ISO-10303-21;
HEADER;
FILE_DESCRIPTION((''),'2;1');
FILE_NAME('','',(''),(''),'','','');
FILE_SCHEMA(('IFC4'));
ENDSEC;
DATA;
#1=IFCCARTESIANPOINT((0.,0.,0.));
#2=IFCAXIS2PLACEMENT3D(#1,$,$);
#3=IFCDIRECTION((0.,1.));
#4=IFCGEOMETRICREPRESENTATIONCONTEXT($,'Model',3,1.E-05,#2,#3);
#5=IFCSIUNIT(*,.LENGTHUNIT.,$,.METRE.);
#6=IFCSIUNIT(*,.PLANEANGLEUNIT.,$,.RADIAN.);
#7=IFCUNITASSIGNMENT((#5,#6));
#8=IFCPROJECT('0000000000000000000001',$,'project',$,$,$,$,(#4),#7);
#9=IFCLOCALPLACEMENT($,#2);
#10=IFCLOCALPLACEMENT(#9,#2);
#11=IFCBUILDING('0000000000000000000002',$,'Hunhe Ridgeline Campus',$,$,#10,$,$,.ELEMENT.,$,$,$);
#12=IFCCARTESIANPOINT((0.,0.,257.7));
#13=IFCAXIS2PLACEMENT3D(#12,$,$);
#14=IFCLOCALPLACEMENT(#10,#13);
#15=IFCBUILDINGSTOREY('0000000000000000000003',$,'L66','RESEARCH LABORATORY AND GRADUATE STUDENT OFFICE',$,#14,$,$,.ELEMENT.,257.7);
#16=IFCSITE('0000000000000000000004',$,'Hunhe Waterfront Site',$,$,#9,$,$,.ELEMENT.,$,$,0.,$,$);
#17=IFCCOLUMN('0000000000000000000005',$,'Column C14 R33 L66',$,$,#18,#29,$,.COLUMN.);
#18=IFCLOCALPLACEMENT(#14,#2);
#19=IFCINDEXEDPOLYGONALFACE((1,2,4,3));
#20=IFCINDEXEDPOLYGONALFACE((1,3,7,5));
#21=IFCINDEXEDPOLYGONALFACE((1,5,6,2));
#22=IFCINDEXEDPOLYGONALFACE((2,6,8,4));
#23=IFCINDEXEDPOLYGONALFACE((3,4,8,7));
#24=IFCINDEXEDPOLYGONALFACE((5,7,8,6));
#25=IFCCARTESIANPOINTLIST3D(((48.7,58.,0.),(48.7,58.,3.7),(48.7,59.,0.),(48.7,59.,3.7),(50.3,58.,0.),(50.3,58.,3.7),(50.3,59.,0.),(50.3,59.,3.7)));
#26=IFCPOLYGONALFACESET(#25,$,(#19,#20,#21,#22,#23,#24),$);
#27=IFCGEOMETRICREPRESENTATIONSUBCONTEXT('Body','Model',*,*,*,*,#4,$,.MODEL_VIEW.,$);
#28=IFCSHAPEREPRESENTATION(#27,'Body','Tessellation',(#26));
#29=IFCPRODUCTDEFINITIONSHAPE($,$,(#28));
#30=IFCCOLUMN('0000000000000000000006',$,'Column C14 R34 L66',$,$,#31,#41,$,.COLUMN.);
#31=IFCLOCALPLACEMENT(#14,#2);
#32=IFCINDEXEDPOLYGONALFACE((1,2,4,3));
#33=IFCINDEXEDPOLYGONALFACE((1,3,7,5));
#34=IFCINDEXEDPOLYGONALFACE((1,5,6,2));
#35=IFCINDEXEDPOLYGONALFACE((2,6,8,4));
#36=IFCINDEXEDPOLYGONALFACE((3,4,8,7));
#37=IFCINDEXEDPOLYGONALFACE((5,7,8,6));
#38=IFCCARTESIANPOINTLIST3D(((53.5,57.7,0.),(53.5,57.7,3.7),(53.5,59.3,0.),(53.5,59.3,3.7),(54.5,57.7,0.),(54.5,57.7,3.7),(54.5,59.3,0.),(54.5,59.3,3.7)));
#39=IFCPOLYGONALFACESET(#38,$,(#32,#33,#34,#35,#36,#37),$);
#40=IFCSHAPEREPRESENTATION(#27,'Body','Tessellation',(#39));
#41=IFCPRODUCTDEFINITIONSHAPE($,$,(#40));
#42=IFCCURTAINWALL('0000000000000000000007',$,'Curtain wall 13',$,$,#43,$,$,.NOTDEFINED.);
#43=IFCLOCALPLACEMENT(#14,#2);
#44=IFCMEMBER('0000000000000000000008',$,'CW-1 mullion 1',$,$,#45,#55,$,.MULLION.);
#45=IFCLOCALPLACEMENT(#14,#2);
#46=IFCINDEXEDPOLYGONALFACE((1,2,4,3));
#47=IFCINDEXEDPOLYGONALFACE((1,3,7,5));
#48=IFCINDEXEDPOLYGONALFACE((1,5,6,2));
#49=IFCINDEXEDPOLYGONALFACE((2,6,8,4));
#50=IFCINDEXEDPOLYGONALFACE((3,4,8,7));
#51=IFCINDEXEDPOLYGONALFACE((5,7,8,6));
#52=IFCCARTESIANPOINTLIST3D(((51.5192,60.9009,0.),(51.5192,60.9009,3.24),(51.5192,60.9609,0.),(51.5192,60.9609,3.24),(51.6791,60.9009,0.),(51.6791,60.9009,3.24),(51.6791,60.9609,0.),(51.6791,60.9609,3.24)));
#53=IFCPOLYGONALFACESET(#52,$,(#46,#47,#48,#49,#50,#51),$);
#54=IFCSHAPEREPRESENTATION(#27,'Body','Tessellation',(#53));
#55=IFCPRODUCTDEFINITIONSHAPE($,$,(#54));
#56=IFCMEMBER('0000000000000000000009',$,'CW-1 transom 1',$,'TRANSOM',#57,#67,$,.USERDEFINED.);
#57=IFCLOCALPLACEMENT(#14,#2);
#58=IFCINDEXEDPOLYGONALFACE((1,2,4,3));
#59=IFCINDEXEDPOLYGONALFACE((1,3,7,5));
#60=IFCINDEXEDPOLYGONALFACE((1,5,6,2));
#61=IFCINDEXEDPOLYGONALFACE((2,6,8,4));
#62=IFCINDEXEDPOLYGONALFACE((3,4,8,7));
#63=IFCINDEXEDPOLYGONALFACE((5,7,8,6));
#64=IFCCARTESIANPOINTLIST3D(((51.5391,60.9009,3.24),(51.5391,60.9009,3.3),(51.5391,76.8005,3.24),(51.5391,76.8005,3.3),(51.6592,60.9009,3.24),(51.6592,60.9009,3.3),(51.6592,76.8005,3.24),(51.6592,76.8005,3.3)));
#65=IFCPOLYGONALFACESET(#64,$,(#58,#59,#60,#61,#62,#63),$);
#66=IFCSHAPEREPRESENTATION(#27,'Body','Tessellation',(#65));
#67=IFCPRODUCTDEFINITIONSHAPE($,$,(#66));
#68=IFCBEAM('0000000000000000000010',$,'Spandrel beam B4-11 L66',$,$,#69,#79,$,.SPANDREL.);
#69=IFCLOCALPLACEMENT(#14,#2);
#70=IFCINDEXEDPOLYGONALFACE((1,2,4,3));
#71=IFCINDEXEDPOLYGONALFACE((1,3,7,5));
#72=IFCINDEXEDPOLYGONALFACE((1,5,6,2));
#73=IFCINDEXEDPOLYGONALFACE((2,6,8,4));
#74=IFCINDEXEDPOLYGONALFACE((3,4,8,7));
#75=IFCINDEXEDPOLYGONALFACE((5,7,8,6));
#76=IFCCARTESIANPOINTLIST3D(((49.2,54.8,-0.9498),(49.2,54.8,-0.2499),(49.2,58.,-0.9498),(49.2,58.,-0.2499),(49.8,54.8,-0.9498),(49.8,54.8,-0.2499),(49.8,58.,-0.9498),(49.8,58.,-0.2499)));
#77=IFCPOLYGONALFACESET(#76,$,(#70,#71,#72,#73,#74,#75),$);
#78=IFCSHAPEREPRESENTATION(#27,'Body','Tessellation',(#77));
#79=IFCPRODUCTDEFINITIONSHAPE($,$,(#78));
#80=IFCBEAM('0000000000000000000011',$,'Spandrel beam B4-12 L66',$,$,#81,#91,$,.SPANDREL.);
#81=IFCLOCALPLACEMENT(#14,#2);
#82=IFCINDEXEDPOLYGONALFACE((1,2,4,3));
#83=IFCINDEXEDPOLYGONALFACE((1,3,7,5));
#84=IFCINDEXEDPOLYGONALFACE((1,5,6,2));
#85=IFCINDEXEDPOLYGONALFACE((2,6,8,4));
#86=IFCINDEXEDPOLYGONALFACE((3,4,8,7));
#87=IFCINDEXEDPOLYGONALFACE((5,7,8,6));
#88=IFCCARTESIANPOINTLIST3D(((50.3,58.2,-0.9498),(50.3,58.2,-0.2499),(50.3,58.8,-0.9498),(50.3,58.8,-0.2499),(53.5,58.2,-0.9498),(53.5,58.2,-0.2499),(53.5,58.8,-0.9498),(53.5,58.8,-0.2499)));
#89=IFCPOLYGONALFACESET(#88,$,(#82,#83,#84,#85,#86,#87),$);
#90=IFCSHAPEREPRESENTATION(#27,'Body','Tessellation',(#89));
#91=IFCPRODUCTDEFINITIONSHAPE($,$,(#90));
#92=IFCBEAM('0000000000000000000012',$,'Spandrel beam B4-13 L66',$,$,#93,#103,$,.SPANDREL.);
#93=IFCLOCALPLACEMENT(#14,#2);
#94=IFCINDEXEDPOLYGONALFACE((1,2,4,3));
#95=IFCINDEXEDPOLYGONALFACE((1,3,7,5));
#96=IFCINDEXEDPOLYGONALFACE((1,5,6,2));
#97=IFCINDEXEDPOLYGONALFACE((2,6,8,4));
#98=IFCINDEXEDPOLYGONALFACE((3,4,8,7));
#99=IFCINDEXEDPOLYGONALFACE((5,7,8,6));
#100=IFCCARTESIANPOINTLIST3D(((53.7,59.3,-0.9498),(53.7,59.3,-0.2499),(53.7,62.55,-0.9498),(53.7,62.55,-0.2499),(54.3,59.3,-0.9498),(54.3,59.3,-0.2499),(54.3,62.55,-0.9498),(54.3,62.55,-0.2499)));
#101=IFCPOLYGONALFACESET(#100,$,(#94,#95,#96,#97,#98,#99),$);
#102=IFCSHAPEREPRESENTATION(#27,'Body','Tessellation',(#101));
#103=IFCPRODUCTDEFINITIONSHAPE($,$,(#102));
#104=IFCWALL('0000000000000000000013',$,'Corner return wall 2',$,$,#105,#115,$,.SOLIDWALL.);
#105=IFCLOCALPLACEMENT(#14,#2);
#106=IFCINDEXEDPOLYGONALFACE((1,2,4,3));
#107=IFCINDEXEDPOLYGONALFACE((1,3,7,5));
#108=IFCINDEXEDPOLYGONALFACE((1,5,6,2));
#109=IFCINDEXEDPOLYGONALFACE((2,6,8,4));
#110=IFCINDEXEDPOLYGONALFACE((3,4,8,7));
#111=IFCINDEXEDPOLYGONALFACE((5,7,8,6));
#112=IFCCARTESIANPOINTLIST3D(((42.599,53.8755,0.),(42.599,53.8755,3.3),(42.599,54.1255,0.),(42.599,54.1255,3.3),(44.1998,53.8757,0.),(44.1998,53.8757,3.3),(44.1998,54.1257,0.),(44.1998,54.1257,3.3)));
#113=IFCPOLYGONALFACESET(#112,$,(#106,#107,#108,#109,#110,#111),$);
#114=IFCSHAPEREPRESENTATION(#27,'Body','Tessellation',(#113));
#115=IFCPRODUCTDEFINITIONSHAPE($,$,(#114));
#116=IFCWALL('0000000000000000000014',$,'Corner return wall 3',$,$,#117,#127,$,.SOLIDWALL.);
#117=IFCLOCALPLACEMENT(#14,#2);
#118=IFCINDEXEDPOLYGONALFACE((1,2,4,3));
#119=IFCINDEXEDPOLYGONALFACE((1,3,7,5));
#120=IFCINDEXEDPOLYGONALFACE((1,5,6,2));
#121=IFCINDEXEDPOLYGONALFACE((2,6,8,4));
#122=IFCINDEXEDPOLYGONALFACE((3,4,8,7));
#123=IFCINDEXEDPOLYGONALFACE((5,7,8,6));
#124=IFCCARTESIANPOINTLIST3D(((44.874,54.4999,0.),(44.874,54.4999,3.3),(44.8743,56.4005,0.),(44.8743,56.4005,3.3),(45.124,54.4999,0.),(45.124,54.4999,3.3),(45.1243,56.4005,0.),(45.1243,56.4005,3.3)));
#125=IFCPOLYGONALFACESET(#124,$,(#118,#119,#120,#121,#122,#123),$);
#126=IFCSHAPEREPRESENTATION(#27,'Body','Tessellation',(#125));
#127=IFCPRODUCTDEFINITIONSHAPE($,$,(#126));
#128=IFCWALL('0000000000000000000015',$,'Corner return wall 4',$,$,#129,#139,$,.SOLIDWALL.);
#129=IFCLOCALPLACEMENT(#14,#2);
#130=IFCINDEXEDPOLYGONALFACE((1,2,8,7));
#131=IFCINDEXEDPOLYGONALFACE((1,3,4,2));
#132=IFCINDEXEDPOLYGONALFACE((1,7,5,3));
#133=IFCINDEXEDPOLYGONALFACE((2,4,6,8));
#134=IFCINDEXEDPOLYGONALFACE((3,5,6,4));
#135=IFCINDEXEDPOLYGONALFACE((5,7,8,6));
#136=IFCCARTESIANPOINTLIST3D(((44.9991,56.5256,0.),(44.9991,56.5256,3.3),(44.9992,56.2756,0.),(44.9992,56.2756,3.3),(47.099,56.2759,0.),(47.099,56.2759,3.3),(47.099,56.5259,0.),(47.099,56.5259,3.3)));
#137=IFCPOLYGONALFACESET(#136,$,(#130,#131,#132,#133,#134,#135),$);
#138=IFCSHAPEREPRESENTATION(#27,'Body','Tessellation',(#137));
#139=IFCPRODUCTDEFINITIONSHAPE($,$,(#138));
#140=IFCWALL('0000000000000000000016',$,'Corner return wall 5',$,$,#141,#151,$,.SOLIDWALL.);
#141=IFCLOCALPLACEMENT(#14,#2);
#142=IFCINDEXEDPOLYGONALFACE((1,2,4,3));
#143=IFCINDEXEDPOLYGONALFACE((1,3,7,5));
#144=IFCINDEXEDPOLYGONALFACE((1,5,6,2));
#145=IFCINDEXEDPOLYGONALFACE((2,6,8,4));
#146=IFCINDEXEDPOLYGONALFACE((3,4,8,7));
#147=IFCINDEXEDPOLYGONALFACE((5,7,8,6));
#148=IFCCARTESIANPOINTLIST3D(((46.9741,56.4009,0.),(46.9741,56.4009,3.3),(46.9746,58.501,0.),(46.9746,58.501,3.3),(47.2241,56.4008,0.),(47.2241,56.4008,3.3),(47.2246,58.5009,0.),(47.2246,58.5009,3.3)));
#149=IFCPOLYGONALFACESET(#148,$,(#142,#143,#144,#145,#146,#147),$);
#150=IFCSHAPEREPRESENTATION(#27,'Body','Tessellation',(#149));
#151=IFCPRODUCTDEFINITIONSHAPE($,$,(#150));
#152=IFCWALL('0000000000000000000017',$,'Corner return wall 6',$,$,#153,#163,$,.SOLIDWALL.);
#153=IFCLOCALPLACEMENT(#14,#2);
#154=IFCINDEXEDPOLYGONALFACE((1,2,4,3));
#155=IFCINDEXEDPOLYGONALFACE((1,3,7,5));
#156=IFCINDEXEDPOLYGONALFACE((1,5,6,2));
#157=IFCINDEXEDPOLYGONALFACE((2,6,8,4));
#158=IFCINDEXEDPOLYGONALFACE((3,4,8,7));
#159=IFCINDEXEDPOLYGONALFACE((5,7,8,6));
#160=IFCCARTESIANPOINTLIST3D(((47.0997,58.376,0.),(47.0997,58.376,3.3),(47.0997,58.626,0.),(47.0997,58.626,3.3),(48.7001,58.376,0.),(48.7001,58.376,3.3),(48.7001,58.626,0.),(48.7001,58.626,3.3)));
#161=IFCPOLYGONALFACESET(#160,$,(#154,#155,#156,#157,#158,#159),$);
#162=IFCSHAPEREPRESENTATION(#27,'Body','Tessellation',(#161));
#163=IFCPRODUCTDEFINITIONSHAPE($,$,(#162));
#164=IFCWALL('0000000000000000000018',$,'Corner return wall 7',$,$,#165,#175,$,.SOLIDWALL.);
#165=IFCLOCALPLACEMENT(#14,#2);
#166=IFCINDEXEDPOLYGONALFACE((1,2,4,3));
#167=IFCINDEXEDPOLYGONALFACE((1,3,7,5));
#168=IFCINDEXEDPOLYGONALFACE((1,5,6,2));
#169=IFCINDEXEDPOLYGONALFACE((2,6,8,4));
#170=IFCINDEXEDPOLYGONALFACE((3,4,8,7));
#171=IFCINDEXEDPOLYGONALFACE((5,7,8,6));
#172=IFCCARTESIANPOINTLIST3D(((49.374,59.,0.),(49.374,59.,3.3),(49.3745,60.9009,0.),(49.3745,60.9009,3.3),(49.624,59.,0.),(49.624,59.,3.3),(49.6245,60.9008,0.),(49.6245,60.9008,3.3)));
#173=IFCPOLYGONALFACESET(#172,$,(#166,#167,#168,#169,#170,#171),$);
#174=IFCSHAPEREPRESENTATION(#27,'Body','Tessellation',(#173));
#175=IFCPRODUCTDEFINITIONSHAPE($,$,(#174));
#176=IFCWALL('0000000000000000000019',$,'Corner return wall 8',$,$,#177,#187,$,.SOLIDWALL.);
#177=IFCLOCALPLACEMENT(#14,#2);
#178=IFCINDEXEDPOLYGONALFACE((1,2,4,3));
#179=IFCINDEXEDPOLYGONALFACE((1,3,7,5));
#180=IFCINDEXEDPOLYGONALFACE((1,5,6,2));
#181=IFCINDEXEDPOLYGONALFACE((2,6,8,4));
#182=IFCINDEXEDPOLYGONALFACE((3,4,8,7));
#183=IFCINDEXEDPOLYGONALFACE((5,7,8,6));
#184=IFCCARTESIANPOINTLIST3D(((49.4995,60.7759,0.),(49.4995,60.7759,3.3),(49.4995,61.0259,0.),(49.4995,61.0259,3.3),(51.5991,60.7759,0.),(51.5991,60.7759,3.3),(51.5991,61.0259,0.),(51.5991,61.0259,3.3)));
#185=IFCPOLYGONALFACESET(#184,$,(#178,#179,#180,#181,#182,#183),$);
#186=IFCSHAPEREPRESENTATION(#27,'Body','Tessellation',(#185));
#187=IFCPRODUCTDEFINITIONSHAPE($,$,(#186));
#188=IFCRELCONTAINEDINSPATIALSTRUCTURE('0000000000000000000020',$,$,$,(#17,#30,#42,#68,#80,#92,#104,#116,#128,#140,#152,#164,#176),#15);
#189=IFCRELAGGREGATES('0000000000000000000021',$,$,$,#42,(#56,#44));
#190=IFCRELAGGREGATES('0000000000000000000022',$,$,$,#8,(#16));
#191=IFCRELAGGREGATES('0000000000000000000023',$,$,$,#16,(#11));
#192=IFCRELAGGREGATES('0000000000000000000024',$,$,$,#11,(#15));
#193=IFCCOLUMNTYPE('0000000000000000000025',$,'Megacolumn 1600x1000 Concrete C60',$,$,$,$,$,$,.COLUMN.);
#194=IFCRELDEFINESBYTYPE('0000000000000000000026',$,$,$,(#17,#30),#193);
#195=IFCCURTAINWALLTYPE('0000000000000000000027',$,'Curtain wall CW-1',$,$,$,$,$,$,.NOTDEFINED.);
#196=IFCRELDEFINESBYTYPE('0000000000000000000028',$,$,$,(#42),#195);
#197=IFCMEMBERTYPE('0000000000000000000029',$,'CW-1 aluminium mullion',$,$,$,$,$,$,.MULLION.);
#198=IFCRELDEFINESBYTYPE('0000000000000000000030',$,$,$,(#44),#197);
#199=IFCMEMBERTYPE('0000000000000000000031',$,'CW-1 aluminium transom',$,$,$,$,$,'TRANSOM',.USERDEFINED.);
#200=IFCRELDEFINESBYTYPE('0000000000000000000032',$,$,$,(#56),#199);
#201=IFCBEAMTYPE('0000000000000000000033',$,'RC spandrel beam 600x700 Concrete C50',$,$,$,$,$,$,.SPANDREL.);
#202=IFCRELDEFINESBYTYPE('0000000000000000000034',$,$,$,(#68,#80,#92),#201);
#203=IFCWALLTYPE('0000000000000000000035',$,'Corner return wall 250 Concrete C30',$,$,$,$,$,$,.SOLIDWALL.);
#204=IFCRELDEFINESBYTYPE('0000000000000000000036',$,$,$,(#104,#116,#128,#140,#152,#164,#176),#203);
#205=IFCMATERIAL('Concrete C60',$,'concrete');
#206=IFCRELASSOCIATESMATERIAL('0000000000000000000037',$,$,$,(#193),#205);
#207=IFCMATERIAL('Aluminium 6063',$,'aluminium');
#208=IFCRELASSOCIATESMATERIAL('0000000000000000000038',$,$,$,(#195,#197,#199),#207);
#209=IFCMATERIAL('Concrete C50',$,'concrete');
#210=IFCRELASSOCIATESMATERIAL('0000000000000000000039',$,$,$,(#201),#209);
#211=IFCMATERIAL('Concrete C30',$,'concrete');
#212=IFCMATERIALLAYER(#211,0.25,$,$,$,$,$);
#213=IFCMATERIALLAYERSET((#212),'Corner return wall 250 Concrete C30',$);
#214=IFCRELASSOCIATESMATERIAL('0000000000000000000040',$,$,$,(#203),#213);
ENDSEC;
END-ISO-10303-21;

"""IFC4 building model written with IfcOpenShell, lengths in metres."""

from ifc_helpers import new_model, si_unit, direction, frame, frame_2d, origin, origin_2d, place, context, subcontext, project, spatial, rectangle, extrude, material, layer, layer_set, material_profile, profile_set, type_object, element, aggregate, save


model = new_model("IFC4")

# Units and contexts
model_context = context("Model", 3, precision=1e-05, world=origin(), true_north=direction((0.0, 1.0)))
body_context = subcontext(model_context, "Body", "Model", "MODEL_VIEW")
ifc_project = project(units=[si_unit("LENGTHUNIT", "METRE"), si_unit("PLANEANGLEUNIT", "RADIAN")], contexts=[model_context])

# Site, building, storey
site_placement = place(None, origin())
site = spatial("IfcSite", under=ifc_project, at=site_placement, Name="Hunhe Waterfront Site", CompositionType="ELEMENT", RefElevation=0.0)
building_placement = place(site_placement, origin())
building = spatial("IfcBuilding", under=site, at=building_placement, Name="Hunhe Ridgeline Campus", CompositionType="ELEMENT")
storey_placement = place(building_placement, frame((0.0, 0.0, 257.7)))
storey = spatial("IfcBuildingStorey", under=building, at=storey_placement, Name="L66", Description="RESEARCH LABORATORY AND GRADUATE STUDENT OFFICE", CompositionType="ELEMENT", Elevation=257.7)

# Columns
ifc_material_1 = material(Name="Concrete C60", Category="concrete")
ifc_material_profile_1 = material_profile(ifc_material_1, rectangle(XDim=1.6001, YDim=1.0, at=origin_2d()))
ifc_profile_set_1 = profile_set([ifc_material_profile_1], Name="Concrete C60")
column_type = type_object("IfcColumnType", Name="Megacolumn 1600x1000 Concrete C60", PredefinedType="COLUMN", material=ifc_profile_set_1)
for number, where, z_axis, x_axis, name in (
    (1, (49.5, 58.5, 0.0), (0.0, 0.0, 1.0), (1.0, 0.0, 0.0), "Column C14 R33 L66"),
    (2, (54.0, 58.5, 0.0), (0.0, 0.0, 1.0), (0.0, 1.0, 0.0), "Column C14 R34 L66"),
):
    element("IfcColumn", number, at=place(storey_placement, frame(where, z_axis=z_axis, x_axis=x_axis)), inside=storey, type_object=column_type, Name=name, PredefinedType="COLUMN", context=body_context, shape_type="SweptSolid", body=[
        extrude(rectangle(XDim=1.6001, YDim=1.0, at=origin_2d()), origin(), (0.0, 0.0, 1.0), 3.7),
    ])

# Curtain wall, members
ifc_material_2 = material(Name="Aluminium 6063", Category="aluminium")
curtain_wall_type = type_object("IfcCurtainWallType", Name="Curtain wall CW-1", PredefinedType="NOTDEFINED", material=ifc_material_2)
curtain_wall_placement = place(storey_placement, origin())
curtain_wall = element("IfcCurtainWall", 3, at=curtain_wall_placement, inside=storey, type_object=curtain_wall_type, Name="Curtain wall 13", PredefinedType="NOTDEFINED")
ifc_material_profile_2 = material_profile(ifc_material_2, rectangle(XDim=0.1599, YDim=0.0601, at=origin_2d()))
ifc_profile_set_2 = profile_set([ifc_material_profile_2], Name="Aluminium 6063")
member_type_1 = type_object("IfcMemberType", Name="CW-1 aluminium mullion", PredefinedType="MULLION", material=ifc_profile_set_2)
member_1_placement = place(storey_placement, frame((51.5991, 60.9309, 0.0), z_axis=(0.0, 0.0, 1.0), x_axis=(-1.0, 0.0, 0.0)))
member_1 = element("IfcMember", 4, at=member_1_placement, type_object=member_type_1, Name="CW-1 mullion 1", PredefinedType="MULLION", context=body_context, shape_type="SweptSolid", body=[
    extrude(rectangle(XDim=0.1599, YDim=0.0601, at=origin_2d()), origin(), (0.0, 0.0, 1.0), 3.24),
])
ifc_material_profile_3 = material_profile(ifc_material_2, rectangle(XDim=0.1201, YDim=0.0601, at=origin_2d()))
ifc_profile_set_3 = profile_set([ifc_material_profile_3], Name="Aluminium 6063")
member_type_2 = type_object("IfcMemberType", Name="CW-1 aluminium transom", ElementType="TRANSOM", PredefinedType="USERDEFINED", material=ifc_profile_set_3)
member_2_placement = place(storey_placement, frame((51.5991, 60.9009, 3.27), z_axis=(0.0, 1.0, 0.0), x_axis=(-1.0, 0.0, 0.0)))
member_2 = element("IfcMember", 5, at=member_2_placement, type_object=member_type_2, Name="CW-1 transom 1", ObjectType="TRANSOM", PredefinedType="USERDEFINED", context=body_context, shape_type="SweptSolid", body=[
    extrude(rectangle(XDim=0.1201, YDim=0.0601, at=origin_2d()), origin(), (0.0, 0.0, 1.0), 15.8997),
])
aggregate(curtain_wall, [member_2, member_1])

# Beams
ifc_material_3 = material(Name="Concrete C50", Category="concrete")
ifc_material_profile_4 = material_profile(ifc_material_3, rectangle(XDim=0.6001, YDim=0.7, at=origin_2d()))
ifc_profile_set_4 = profile_set([ifc_material_profile_4], Name="Concrete C50")
beam_type = type_object("IfcBeamType", Name="RC spandrel beam 600x700 Concrete C50", PredefinedType="SPANDREL", material=ifc_profile_set_4)
for number, where, z_axis, x_axis, name in (
    (6, (49.5, 54.8, -0.5999), (0.0, 1.0, 0.0), (-1.0, 0.0, 0.0), "Spandrel beam B4-11 L66"),
    (7, (50.3, 58.5, -0.5999), (1.0, 0.0, 0.0), (0.0, 1.0, 0.0), "Spandrel beam B4-12 L66"),
):
    element("IfcBeam", number, at=place(storey_placement, frame(where, z_axis=z_axis, x_axis=x_axis)), inside=storey, type_object=beam_type, Name=name, PredefinedType="SPANDREL", context=body_context, shape_type="SweptSolid", body=[
        extrude(rectangle(XDim=0.6001, YDim=0.7, at=origin_2d()), origin(), (0.0, 0.0, 1.0), 3.2),
    ])
beam_placement = place(storey_placement, frame((54.0, 59.3, -0.5999), z_axis=(0.0, 1.0, 0.0), x_axis=(-1.0, 0.0, 0.0)))
element("IfcBeam", 8, at=beam_placement, inside=storey, type_object=beam_type, Name="Spandrel beam B4-13 L66", PredefinedType="SPANDREL", context=body_context, shape_type="SweptSolid", body=[
    extrude(rectangle(XDim=0.6001, YDim=0.7, at=origin_2d()), origin(), (0.0, 0.0, 1.0), 3.25),
])

# Walls
ifc_material_4 = material(Name="Concrete C30", Category="concrete")
ifc_layer_1 = layer(ifc_material_4, 0.25)
ifc_layer_set_1 = layer_set([ifc_layer_1], Name="Corner return wall 250 Concrete C30")
wall_type_1 = type_object("IfcWallType", Name="Corner return wall 250 Concrete C30", PredefinedType="SOLIDWALL", material=ifc_layer_set_1)
wall_1_placement = place(storey_placement, frame((42.5991, 54.0005, 0.0), z_axis=(0.0, 0.0, 1.0), x_axis=(1.0, 0.000153, 0.0)))
element("IfcWall", 9, at=wall_1_placement, inside=storey, type_object=wall_type_1, Name="Corner return wall 2", PredefinedType="SOLIDWALL", context=body_context, shape_type="SweptSolid", body=[
    extrude(rectangle(XDim=1.6008, YDim=0.25, at=frame_2d((0.8003, 0.0))), origin(), (0.0, 0.0, 1.0), 3.3),
])
wall_2_placement = place(storey_placement, frame((44.999, 54.5, 0.0), z_axis=(0.0, 0.0, 1.0), x_axis=(0.000128, 1.0, 0.0)))
element("IfcWall", 10, at=wall_2_placement, inside=storey, type_object=wall_type_1, Name="Corner return wall 3", PredefinedType="SOLIDWALL", context=body_context, shape_type="SweptSolid", body=[
    extrude(rectangle(XDim=1.9006, YDim=0.25, at=frame_2d((0.9502, 0.0))), origin(), (0.0, 0.0, 1.0), 3.3),
])
wall_3_placement = place(storey_placement, frame((44.9993, 56.4006, 0.0), z_axis=(0.0, 0.0, 1.0), x_axis=(1.0, 0.000116, 0.0)))
element("IfcWall", 11, at=wall_3_placement, inside=storey, type_object=wall_type_1, Name="Corner return wall 4", PredefinedType="SOLIDWALL", context=body_context, shape_type="SweptSolid", body=[
    extrude(rectangle(XDim=2.0999, YDim=0.25, at=frame_2d((1.0498, 0.0))), origin(), (0.0, 0.0, 1.0), 3.3),
])
wall_4_placement = place(storey_placement, frame((47.0991, 56.4009, 0.0), z_axis=(0.0, 0.0, 1.0), x_axis=(0.000233, 1.0, 0.0)))
element("IfcWall", 12, at=wall_4_placement, inside=storey, type_object=wall_type_1, Name="Corner return wall 5", PredefinedType="SOLIDWALL", context=body_context, shape_type="SweptSolid", body=[
    extrude(rectangle(XDim=2.1001, YDim=0.25, at=frame_2d((1.05, 0.0))), origin(), (0.0, 0.0, 1.0), 3.3),
])
wall_5_placement = place(storey_placement, frame((47.0996, 58.501, 0.0), z_axis=(0.0, 0.0, 1.0), x_axis=(1.0, 0.0, 0.0)))
element("IfcWall", 13, at=wall_5_placement, inside=storey, type_object=wall_type_1, Name="Corner return wall 6", PredefinedType="SOLIDWALL", context=body_context, shape_type="SweptSolid", body=[
    extrude(rectangle(XDim=1.6003, YDim=0.25, at=frame_2d((0.8003, 0.0))), origin(), (0.0, 0.0, 1.0), 3.3),
])
wall_6_placement = place(storey_placement, frame((49.499, 59.0, 0.0), z_axis=(0.0, 0.0, 1.0), x_axis=(0.000257, 1.0, 0.0)))
element("IfcWall", 14, at=wall_6_placement, inside=storey, type_object=wall_type_1, Name="Corner return wall 7", PredefinedType="SOLIDWALL", context=body_context, shape_type="SweptSolid", body=[
    extrude(rectangle(XDim=1.9009, YDim=0.25, at=frame_2d((0.9504, 0.0))), origin(), (0.0, 0.0, 1.0), 3.3),
])
wall_7_placement = place(storey_placement, frame((49.4995, 60.9009, 0.0), z_axis=(0.0, 0.0, 1.0), x_axis=(1.0, 0.0, 0.0)))
element("IfcWall", 15, at=wall_7_placement, inside=storey, type_object=wall_type_1, Name="Corner return wall 8", PredefinedType="SOLIDWALL", context=body_context, shape_type="SweptSolid", body=[
    extrude(rectangle(XDim=2.0996, YDim=0.25, at=frame_2d((1.0498, 0.0))), origin(), (0.0, 0.0, 1.0), 3.3),
])

save(model, "model.ifc")
